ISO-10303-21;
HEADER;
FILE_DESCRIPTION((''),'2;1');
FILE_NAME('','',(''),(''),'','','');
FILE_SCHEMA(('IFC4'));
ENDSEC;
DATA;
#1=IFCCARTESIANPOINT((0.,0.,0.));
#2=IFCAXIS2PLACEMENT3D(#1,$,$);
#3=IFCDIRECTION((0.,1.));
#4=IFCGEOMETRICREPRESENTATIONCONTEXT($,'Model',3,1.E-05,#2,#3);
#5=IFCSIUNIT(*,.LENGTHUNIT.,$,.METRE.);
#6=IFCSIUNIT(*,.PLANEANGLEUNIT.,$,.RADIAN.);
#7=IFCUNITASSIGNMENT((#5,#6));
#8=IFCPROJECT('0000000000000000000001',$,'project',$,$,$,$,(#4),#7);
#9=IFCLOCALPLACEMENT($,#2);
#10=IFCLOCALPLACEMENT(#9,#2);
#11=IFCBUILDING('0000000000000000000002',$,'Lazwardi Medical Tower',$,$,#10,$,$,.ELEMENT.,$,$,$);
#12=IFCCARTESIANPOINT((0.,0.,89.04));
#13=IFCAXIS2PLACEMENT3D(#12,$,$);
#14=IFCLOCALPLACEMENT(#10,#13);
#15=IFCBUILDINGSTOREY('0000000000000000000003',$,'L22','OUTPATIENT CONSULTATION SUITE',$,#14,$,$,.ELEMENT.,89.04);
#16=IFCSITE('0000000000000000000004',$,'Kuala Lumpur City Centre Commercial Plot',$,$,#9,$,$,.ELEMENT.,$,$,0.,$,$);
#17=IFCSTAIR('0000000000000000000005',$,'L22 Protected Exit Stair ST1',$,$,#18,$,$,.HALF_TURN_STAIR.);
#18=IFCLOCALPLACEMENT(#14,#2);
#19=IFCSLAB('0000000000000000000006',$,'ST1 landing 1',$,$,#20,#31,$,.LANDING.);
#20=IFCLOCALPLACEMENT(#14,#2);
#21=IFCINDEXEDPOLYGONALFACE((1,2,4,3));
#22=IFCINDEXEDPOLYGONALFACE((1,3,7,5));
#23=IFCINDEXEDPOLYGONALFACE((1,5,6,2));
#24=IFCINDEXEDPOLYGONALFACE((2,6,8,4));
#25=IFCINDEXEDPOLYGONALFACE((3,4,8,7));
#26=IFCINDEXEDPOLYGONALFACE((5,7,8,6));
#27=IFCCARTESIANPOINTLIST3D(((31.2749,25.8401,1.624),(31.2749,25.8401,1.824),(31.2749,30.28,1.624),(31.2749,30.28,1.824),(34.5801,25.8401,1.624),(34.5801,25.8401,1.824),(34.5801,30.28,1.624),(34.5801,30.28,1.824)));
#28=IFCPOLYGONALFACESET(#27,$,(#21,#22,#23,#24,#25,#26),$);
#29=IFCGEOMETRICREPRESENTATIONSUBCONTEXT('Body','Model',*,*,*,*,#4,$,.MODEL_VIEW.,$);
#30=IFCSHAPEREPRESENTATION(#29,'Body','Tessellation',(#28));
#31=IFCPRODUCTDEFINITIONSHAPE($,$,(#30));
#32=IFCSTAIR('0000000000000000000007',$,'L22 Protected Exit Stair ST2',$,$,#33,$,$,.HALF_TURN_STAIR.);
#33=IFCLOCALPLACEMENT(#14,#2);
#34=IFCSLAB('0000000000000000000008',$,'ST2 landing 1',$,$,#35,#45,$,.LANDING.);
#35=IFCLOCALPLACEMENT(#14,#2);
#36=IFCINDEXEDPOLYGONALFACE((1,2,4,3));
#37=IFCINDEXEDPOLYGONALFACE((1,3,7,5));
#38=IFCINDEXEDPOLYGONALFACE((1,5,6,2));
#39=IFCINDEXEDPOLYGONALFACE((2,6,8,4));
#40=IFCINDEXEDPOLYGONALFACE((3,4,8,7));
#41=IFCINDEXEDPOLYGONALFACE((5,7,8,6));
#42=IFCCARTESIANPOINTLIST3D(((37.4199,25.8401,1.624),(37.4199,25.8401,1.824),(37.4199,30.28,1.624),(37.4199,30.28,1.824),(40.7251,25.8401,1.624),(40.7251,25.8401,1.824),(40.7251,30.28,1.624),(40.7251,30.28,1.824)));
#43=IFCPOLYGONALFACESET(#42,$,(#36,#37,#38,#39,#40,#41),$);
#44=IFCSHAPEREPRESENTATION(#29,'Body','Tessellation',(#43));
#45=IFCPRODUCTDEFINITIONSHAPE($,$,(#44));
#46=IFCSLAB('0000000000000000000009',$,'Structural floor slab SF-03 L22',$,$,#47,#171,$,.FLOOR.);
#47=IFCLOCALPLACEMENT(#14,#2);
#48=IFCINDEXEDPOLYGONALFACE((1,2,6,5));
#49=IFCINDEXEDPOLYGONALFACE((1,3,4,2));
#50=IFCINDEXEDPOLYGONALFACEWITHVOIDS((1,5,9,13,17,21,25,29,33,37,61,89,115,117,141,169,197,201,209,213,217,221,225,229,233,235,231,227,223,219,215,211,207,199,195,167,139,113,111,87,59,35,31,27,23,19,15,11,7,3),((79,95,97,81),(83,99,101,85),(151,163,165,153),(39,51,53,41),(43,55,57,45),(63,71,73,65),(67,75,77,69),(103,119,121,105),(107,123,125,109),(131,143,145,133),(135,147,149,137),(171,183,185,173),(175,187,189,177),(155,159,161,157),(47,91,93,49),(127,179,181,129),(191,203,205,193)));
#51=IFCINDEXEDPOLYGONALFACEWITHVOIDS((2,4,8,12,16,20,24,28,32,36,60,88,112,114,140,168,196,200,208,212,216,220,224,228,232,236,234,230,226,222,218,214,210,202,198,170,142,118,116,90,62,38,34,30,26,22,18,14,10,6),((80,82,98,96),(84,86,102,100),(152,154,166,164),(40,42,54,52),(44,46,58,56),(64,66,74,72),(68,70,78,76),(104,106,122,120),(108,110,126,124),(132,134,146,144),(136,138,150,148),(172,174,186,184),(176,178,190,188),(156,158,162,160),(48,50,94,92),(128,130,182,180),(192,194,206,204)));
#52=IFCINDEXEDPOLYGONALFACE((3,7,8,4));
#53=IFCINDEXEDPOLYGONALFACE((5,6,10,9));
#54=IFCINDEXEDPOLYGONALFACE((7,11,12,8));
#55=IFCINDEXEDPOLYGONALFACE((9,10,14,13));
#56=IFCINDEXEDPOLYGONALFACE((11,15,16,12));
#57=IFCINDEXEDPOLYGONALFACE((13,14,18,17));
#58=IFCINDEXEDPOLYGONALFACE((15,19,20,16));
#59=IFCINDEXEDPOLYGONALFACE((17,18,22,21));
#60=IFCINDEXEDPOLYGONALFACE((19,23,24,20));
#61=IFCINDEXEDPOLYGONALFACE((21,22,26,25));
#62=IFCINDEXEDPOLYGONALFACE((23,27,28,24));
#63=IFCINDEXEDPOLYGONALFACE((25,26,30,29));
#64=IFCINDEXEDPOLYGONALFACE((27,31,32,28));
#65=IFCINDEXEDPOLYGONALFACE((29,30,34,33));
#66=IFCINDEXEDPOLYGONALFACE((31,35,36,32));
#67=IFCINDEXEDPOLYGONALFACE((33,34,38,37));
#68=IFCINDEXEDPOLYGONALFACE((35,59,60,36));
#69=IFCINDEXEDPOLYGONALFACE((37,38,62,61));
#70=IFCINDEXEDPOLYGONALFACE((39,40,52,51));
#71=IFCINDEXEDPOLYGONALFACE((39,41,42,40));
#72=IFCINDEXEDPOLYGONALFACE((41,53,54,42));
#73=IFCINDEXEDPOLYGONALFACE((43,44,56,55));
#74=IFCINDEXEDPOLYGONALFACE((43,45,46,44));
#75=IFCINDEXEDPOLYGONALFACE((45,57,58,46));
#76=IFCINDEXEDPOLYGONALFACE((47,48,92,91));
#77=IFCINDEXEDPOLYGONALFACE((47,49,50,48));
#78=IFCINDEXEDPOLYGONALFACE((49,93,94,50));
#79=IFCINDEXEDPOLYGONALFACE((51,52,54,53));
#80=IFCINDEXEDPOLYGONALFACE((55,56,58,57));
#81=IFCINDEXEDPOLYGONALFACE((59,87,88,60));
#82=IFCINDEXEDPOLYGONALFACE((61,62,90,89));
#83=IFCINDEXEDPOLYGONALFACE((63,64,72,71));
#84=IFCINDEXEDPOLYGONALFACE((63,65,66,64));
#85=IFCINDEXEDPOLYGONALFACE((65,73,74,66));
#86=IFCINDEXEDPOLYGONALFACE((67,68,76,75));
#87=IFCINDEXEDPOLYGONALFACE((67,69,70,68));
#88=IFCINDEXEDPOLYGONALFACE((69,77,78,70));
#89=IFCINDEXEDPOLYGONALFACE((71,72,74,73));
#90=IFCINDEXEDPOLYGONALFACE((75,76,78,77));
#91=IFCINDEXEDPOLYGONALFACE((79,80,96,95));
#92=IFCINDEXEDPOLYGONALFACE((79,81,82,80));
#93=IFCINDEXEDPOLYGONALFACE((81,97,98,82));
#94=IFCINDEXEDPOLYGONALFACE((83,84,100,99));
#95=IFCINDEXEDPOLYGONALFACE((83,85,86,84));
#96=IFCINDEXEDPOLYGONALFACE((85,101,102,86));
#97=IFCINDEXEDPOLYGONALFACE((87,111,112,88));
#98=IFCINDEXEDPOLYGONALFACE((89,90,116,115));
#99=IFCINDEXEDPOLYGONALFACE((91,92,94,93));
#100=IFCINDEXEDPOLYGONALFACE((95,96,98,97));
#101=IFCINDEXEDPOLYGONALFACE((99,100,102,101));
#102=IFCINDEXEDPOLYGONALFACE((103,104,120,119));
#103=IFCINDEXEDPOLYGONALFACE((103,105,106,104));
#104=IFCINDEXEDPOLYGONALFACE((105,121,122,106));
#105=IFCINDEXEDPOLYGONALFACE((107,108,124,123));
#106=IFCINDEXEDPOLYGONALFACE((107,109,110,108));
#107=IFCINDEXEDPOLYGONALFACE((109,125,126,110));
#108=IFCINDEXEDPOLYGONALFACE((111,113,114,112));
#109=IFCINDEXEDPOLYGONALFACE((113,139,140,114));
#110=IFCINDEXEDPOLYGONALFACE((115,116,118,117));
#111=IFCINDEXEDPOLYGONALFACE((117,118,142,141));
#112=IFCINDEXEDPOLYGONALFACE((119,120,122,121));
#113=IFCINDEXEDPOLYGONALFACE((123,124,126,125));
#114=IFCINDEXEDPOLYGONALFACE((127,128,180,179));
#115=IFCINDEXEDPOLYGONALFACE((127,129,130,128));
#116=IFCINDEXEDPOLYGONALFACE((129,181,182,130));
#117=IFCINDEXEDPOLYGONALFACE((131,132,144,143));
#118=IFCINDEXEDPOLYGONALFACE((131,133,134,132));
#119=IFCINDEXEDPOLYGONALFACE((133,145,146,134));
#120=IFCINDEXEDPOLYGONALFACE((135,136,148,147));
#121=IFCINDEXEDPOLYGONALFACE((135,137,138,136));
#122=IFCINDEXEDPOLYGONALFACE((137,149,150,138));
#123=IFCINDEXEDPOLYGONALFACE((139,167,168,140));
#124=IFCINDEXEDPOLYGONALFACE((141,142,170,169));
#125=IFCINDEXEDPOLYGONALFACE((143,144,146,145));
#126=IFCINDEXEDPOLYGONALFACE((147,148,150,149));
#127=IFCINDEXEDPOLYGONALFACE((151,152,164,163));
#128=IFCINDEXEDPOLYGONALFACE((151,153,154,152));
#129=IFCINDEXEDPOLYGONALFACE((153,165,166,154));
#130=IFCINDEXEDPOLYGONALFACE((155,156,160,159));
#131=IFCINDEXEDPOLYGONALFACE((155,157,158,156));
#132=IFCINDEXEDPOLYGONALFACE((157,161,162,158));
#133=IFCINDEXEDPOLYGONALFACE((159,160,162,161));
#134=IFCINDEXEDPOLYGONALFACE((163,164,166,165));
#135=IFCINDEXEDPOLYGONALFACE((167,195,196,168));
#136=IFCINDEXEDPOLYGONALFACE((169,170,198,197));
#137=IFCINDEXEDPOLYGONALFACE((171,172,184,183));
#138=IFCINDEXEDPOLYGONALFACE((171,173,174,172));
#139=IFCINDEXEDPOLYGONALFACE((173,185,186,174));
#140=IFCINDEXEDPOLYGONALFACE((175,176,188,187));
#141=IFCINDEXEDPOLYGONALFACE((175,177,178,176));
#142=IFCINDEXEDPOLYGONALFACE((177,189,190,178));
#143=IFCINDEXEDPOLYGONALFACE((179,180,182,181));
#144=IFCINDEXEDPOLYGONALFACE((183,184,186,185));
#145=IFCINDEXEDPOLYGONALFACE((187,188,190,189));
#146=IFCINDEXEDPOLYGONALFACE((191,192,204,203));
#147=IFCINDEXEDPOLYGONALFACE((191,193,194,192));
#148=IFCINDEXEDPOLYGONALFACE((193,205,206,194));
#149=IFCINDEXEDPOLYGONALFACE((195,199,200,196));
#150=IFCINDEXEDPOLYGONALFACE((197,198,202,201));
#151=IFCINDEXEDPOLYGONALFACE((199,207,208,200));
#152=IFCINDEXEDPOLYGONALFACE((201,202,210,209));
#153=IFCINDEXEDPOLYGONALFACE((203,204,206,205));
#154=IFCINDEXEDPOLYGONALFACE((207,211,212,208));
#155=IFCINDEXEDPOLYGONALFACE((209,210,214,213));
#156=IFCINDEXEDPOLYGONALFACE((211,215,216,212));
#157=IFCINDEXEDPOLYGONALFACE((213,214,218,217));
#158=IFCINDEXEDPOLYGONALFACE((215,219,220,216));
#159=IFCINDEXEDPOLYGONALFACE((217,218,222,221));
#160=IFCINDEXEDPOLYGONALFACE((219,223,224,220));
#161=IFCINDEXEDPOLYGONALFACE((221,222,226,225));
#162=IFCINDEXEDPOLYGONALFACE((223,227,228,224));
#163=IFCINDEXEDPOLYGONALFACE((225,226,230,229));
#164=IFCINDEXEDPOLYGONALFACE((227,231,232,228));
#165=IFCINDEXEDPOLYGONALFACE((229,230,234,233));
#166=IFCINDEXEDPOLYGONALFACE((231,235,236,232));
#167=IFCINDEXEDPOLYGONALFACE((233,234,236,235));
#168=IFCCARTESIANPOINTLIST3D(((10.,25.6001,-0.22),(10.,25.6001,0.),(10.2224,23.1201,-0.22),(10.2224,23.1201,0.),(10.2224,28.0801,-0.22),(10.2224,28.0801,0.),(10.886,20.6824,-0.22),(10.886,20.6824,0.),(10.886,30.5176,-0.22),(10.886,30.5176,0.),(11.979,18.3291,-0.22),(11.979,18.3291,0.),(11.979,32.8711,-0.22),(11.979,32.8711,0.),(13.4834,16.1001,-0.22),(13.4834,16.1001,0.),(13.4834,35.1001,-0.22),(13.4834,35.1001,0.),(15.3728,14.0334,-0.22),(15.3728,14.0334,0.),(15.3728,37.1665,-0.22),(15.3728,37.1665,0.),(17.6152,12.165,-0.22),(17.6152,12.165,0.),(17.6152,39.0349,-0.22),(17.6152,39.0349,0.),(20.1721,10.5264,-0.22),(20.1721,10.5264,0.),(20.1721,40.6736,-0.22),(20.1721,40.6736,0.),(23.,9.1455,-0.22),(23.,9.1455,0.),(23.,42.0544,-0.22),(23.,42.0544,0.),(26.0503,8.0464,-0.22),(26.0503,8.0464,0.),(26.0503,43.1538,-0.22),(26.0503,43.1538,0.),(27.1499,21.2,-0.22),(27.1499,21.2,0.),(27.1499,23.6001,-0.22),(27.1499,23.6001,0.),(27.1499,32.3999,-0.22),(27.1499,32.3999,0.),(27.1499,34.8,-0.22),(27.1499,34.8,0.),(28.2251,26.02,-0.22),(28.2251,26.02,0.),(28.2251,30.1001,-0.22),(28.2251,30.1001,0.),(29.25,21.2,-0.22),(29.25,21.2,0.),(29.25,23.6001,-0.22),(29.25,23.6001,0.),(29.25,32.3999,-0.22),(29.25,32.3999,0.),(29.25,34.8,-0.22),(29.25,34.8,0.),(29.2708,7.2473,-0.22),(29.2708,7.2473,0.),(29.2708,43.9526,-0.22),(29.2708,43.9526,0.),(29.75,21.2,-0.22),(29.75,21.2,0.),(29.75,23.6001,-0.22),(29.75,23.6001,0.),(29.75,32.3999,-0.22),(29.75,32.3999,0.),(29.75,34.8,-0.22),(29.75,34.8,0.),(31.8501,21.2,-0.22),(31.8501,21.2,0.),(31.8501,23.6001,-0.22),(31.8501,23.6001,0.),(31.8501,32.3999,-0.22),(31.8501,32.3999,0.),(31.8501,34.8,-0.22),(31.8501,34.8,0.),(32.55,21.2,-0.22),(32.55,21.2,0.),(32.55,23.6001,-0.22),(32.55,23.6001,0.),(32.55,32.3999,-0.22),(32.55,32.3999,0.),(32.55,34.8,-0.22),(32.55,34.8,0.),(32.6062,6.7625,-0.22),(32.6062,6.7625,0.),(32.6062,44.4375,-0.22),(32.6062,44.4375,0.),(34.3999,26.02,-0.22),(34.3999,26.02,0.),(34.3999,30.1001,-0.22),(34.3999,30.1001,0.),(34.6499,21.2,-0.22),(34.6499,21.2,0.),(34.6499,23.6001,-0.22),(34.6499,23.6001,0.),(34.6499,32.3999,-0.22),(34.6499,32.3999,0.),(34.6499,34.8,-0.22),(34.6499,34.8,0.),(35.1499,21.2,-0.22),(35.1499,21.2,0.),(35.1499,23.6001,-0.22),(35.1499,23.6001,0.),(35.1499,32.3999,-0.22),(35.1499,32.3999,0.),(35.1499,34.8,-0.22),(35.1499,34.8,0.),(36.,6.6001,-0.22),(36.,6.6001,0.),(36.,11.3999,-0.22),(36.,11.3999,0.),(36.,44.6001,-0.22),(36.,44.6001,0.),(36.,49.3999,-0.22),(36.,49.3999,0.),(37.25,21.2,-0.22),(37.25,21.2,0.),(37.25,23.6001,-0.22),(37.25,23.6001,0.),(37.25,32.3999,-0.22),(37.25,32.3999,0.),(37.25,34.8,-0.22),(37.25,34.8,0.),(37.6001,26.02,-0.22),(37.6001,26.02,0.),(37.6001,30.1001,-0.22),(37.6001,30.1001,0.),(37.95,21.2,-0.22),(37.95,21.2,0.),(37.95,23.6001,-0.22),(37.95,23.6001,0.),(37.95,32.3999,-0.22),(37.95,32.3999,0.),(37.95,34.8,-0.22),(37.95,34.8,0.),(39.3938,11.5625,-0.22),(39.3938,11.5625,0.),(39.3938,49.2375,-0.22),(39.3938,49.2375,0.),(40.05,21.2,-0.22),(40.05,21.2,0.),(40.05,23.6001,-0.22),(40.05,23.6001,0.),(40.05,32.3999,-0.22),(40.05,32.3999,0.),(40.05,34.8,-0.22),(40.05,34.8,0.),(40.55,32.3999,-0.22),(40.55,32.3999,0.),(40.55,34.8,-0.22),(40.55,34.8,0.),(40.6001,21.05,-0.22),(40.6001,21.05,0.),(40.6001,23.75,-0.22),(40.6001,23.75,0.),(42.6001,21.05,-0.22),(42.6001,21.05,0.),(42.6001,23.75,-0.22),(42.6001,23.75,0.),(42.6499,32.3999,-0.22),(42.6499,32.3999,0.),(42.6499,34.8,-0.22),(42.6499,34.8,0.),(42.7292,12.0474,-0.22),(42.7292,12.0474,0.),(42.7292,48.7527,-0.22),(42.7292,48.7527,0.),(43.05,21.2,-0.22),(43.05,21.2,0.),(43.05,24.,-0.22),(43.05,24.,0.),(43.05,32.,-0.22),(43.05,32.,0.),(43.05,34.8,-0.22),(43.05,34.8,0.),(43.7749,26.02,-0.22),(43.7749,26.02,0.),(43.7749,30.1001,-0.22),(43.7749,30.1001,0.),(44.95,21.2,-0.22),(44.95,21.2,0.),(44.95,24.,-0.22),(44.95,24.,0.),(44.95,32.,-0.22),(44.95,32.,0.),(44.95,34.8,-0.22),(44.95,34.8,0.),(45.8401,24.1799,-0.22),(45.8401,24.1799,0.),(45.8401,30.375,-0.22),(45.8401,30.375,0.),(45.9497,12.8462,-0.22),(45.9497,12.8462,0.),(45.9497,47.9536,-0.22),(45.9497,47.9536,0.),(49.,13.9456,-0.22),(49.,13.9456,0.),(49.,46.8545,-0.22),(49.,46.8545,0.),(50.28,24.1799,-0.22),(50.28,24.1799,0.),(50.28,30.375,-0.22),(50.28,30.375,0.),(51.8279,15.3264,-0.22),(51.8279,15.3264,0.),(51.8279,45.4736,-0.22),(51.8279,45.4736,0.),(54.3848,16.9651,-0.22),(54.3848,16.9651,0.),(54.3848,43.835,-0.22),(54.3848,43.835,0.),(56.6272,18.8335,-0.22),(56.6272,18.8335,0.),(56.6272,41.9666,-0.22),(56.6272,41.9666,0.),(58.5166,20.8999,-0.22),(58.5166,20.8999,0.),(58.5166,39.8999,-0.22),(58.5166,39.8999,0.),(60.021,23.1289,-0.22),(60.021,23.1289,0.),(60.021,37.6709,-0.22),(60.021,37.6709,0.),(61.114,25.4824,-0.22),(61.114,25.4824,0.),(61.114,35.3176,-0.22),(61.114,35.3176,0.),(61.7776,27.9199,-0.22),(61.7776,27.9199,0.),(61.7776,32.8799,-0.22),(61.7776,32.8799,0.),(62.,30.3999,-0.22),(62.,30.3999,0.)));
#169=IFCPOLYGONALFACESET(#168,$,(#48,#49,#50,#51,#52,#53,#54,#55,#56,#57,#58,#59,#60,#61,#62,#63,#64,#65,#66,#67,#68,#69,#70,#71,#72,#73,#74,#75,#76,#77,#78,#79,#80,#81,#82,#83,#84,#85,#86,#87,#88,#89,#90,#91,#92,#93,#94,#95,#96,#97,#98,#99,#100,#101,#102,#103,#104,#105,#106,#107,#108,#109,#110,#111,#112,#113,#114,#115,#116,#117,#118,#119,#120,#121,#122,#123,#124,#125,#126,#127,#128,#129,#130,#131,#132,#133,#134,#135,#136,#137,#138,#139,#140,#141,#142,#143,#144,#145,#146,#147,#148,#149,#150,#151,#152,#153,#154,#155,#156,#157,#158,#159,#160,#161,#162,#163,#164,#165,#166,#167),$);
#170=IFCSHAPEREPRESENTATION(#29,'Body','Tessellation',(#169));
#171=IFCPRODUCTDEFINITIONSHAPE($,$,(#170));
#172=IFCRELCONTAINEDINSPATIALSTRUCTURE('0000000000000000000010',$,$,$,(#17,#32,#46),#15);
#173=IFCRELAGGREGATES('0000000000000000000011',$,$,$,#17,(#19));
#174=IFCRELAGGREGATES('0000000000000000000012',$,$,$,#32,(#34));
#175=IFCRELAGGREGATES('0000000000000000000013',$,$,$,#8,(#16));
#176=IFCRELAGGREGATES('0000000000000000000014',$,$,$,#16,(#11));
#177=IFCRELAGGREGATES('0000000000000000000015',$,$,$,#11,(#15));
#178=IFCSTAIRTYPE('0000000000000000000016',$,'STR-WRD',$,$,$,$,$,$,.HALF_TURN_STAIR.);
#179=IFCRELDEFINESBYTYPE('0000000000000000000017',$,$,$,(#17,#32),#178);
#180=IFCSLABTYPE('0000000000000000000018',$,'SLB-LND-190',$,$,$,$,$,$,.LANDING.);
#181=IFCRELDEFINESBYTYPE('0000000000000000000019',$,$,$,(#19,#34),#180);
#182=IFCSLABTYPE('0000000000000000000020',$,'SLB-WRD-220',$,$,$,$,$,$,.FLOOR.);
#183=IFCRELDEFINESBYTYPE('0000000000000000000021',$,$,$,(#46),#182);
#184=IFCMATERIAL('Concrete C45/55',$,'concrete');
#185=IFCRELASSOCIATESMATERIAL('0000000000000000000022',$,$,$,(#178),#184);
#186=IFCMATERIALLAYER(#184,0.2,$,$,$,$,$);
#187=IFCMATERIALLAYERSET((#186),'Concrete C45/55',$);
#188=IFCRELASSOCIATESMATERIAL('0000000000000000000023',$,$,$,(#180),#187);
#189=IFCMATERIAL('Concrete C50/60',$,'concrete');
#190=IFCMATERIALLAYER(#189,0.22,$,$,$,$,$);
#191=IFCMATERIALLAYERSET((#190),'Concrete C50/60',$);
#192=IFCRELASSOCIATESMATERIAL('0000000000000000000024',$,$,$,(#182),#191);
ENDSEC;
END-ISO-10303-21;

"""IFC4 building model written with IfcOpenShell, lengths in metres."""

from ifc_helpers import new_model, si_unit, direction, frame, origin, place, context, subcontext, project, spatial, polyline, outline, extrude, material, layer, layer_set, type_object, element, aggregate, save


model = new_model("IFC4")

# Units and contexts
model_context = context("Model", 3, precision=1e-05, world=origin(), true_north=direction((0.0, 1.0)))
body_context = subcontext(model_context, "Body", "Model", "MODEL_VIEW")
ifc_project = project(units=[si_unit("LENGTHUNIT", "METRE"), si_unit("PLANEANGLEUNIT", "RADIAN")], contexts=[model_context])

# Site, building, storey
site_placement = place(None, origin())
site = spatial("IfcSite", under=ifc_project, at=site_placement, Name="Kuala Lumpur City Centre Commercial Plot", CompositionType="ELEMENT", RefElevation=0.0)
building_placement = place(site_placement, origin())
building = spatial("IfcBuilding", under=site, at=building_placement, Name="Lazwardi Medical Tower", CompositionType="ELEMENT")
storey_placement = place(building_placement, frame((0.0, 0.0, 89.04)))
storey = spatial("IfcBuildingStorey", under=building, at=storey_placement, Name="L22", Description="OUTPATIENT CONSULTATION SUITE", CompositionType="ELEMENT", Elevation=89.04)

# Stairs, slabs
ifc_material_1 = material(Name="Concrete C45/55", Category="concrete")
stair_type = type_object("IfcStairType", Name="STR-WRD", PredefinedType="HALF_TURN_STAIR", material=ifc_material_1)
stair_1_placement = place(storey_placement, origin())
stair_1 = element("IfcStair", 1, at=stair_1_placement, inside=storey, type_object=stair_type, Name="L22 Protected Exit Stair ST1", PredefinedType="HALF_TURN_STAIR")
ifc_layer_1 = layer(ifc_material_1, 0.2)
ifc_layer_set_1 = layer_set([ifc_layer_1], Name="Concrete C45/55")
slab_type_1 = type_object("IfcSlabType", Name="SLB-LND-190", PredefinedType="LANDING", material=ifc_layer_set_1)
slab_1_placement = place(storey_placement, frame((0.0, 0.0, 1.624)))
slab_1 = element("IfcSlab", 2, at=slab_1_placement, type_object=slab_type_1, Name="ST1 landing 1", PredefinedType="LANDING", context=body_context, shape_type="SweptSolid", body=[
    extrude(outline(polyline([(31.2749, 25.8401), (34.5801, 25.8401), (34.5801, 30.28), (31.2749, 30.28), (31.2749, 25.8401)])), origin(), (0.0, 0.0, 1.0), 0.2),
])
aggregate(stair_1, [slab_1])
stair_2_placement = place(storey_placement, origin())
stair_2 = element("IfcStair", 3, at=stair_2_placement, inside=storey, type_object=stair_type, Name="L22 Protected Exit Stair ST2", PredefinedType="HALF_TURN_STAIR")
slab_2_placement = place(storey_placement, frame((0.0, 0.0, 1.624)))
slab_2 = element("IfcSlab", 4, at=slab_2_placement, type_object=slab_type_1, Name="ST2 landing 1", PredefinedType="LANDING", context=body_context, shape_type="SweptSolid", body=[
    extrude(outline(polyline([(40.7251, 30.28), (37.4199, 30.28), (37.4199, 25.8401), (40.7251, 25.8401), (40.7251, 30.28)])), origin(), (0.0, 0.0, 1.0), 0.2),
])
aggregate(stair_2, [slab_2])

# Slab
ifc_material_2 = material(Name="Concrete C50/60", Category="concrete")
ifc_layer_2 = layer(ifc_material_2, 0.22)
ifc_layer_set_2 = layer_set([ifc_layer_2], Name="Concrete C50/60")
slab_type_2 = type_object("IfcSlabType", Name="SLB-WRD-220", PredefinedType="FLOOR", material=ifc_layer_set_2)
slab_3_placement = place(storey_placement, frame((0.0, 0.0, -0.22)))
element("IfcSlab", 5, at=slab_3_placement, inside=storey, type_object=slab_type_2, Name="Structural floor slab SF-03 L22", PredefinedType="FLOOR", context=body_context, shape_type="SweptSolid", body=[
    extrude(outline(polyline([(11.979, 32.8711), (10.886, 30.5176), (10.2224, 28.0801), (10.0, 25.6001), (10.2224, 23.1201), (10.886, 20.6824), (11.979, 18.3291), (13.4834, 16.1001), (15.3728, 14.0334), (17.6152, 12.165), (20.1721, 10.5264), (23.0, 9.1455), (26.0503, 8.0464), (29.2708, 7.2473), (32.6062, 6.7625), (36.0, 6.6001), (36.0, 11.3999), (39.3938, 11.5625), (42.7292, 12.0474), (45.9497, 12.8462), (49.0, 13.9456), (51.8279, 15.3264), (54.3848, 16.9651), (56.6272, 18.8335), (58.5166, 20.8999), (60.021, 23.1289), (61.114, 25.4824), (61.7776, 27.9199), (62.0, 30.3999), (61.7776, 32.8799), (61.114, 35.3176), (60.021, 37.6709), (58.5166, 39.8999), (56.6272, 41.9666), (54.3848, 43.835), (51.8279, 45.4736), (49.0, 46.8545), (45.9497, 47.9536), (42.7292, 48.7527), (39.3938, 49.2375), (36.0, 49.3999), (36.0, 44.6001), (32.6062, 44.4375), (29.2708, 43.9526), (26.0503, 43.1538), (23.0, 42.0544), (20.1721, 40.6736), (17.6152, 39.0349), (15.3728, 37.1665), (13.4834, 35.1001), (11.979, 32.8711)]), holes=[polyline([(28.2251, 26.02), (28.2251, 30.1001), (34.3999, 30.1001), (34.3999, 26.02), (28.2251, 26.02)]), polyline([(37.6001, 30.1001), (43.7749, 30.1001), (43.7749, 26.02), (37.6001, 26.02), (37.6001, 30.1001)]), polyline([(50.28, 30.375), (50.28, 24.1799), (45.8401, 24.1799), (45.8401, 30.375), (50.28, 30.375)]), polyline([(29.25, 32.3999), (27.1499, 32.3999), (27.1499, 34.8), (29.25, 34.8), (29.25, 32.3999)]), polyline([(29.75, 32.3999), (29.75, 34.8), (31.8501, 34.8), (31.8501, 32.3999), (29.75, 32.3999)]), polyline([(27.1499, 23.6001), (29.25, 23.6001), (29.25, 21.2), (27.1499, 21.2), (27.1499, 23.6001)]), polyline([(31.8501, 23.6001), (31.8501, 21.2), (29.75, 21.2), (29.75, 23.6001), (31.8501, 23.6001)]), polyline([(34.6499, 32.3999), (32.55, 32.3999), (32.55, 34.8), (34.6499, 34.8), (34.6499, 32.3999)]), polyline([(35.1499, 32.3999), (35.1499, 34.8), (37.25, 34.8), (37.25, 32.3999), (35.1499, 32.3999)]), polyline([(32.55, 23.6001), (34.6499, 23.6001), (34.6499, 21.2), (32.55, 21.2), (32.55, 23.6001)]), polyline([(37.25, 23.6001), (37.25, 21.2), (35.1499, 21.2), (35.1499, 23.6001), (37.25, 23.6001)]), polyline([(40.05, 32.3999), (37.95, 32.3999), (37.95, 34.8), (40.05, 34.8), (40.05, 32.3999)]), polyline([(40.55, 32.3999), (40.55, 34.8), (42.6499, 34.8), (42.6499, 32.3999), (40.55, 32.3999)]), polyline([(37.95, 23.6001), (40.05, 23.6001), (40.05, 21.2), (37.95, 21.2), (37.95, 23.6001)]), polyline([(44.95, 34.8), (44.95, 32.0), (43.05, 32.0), (43.05, 34.8), (44.95, 34.8)]), polyline([(44.95, 21.2), (43.05, 21.2), (43.05, 24.0), (44.95, 24.0), (44.95, 21.2)]), polyline([(40.6001, 21.05), (40.6001, 23.75), (42.6001, 23.75), (42.6001, 21.05), (40.6001, 21.05)])]), origin(), (0.0, 0.0, 1.0), 0.22),
])

save(model, "model.ifc")
